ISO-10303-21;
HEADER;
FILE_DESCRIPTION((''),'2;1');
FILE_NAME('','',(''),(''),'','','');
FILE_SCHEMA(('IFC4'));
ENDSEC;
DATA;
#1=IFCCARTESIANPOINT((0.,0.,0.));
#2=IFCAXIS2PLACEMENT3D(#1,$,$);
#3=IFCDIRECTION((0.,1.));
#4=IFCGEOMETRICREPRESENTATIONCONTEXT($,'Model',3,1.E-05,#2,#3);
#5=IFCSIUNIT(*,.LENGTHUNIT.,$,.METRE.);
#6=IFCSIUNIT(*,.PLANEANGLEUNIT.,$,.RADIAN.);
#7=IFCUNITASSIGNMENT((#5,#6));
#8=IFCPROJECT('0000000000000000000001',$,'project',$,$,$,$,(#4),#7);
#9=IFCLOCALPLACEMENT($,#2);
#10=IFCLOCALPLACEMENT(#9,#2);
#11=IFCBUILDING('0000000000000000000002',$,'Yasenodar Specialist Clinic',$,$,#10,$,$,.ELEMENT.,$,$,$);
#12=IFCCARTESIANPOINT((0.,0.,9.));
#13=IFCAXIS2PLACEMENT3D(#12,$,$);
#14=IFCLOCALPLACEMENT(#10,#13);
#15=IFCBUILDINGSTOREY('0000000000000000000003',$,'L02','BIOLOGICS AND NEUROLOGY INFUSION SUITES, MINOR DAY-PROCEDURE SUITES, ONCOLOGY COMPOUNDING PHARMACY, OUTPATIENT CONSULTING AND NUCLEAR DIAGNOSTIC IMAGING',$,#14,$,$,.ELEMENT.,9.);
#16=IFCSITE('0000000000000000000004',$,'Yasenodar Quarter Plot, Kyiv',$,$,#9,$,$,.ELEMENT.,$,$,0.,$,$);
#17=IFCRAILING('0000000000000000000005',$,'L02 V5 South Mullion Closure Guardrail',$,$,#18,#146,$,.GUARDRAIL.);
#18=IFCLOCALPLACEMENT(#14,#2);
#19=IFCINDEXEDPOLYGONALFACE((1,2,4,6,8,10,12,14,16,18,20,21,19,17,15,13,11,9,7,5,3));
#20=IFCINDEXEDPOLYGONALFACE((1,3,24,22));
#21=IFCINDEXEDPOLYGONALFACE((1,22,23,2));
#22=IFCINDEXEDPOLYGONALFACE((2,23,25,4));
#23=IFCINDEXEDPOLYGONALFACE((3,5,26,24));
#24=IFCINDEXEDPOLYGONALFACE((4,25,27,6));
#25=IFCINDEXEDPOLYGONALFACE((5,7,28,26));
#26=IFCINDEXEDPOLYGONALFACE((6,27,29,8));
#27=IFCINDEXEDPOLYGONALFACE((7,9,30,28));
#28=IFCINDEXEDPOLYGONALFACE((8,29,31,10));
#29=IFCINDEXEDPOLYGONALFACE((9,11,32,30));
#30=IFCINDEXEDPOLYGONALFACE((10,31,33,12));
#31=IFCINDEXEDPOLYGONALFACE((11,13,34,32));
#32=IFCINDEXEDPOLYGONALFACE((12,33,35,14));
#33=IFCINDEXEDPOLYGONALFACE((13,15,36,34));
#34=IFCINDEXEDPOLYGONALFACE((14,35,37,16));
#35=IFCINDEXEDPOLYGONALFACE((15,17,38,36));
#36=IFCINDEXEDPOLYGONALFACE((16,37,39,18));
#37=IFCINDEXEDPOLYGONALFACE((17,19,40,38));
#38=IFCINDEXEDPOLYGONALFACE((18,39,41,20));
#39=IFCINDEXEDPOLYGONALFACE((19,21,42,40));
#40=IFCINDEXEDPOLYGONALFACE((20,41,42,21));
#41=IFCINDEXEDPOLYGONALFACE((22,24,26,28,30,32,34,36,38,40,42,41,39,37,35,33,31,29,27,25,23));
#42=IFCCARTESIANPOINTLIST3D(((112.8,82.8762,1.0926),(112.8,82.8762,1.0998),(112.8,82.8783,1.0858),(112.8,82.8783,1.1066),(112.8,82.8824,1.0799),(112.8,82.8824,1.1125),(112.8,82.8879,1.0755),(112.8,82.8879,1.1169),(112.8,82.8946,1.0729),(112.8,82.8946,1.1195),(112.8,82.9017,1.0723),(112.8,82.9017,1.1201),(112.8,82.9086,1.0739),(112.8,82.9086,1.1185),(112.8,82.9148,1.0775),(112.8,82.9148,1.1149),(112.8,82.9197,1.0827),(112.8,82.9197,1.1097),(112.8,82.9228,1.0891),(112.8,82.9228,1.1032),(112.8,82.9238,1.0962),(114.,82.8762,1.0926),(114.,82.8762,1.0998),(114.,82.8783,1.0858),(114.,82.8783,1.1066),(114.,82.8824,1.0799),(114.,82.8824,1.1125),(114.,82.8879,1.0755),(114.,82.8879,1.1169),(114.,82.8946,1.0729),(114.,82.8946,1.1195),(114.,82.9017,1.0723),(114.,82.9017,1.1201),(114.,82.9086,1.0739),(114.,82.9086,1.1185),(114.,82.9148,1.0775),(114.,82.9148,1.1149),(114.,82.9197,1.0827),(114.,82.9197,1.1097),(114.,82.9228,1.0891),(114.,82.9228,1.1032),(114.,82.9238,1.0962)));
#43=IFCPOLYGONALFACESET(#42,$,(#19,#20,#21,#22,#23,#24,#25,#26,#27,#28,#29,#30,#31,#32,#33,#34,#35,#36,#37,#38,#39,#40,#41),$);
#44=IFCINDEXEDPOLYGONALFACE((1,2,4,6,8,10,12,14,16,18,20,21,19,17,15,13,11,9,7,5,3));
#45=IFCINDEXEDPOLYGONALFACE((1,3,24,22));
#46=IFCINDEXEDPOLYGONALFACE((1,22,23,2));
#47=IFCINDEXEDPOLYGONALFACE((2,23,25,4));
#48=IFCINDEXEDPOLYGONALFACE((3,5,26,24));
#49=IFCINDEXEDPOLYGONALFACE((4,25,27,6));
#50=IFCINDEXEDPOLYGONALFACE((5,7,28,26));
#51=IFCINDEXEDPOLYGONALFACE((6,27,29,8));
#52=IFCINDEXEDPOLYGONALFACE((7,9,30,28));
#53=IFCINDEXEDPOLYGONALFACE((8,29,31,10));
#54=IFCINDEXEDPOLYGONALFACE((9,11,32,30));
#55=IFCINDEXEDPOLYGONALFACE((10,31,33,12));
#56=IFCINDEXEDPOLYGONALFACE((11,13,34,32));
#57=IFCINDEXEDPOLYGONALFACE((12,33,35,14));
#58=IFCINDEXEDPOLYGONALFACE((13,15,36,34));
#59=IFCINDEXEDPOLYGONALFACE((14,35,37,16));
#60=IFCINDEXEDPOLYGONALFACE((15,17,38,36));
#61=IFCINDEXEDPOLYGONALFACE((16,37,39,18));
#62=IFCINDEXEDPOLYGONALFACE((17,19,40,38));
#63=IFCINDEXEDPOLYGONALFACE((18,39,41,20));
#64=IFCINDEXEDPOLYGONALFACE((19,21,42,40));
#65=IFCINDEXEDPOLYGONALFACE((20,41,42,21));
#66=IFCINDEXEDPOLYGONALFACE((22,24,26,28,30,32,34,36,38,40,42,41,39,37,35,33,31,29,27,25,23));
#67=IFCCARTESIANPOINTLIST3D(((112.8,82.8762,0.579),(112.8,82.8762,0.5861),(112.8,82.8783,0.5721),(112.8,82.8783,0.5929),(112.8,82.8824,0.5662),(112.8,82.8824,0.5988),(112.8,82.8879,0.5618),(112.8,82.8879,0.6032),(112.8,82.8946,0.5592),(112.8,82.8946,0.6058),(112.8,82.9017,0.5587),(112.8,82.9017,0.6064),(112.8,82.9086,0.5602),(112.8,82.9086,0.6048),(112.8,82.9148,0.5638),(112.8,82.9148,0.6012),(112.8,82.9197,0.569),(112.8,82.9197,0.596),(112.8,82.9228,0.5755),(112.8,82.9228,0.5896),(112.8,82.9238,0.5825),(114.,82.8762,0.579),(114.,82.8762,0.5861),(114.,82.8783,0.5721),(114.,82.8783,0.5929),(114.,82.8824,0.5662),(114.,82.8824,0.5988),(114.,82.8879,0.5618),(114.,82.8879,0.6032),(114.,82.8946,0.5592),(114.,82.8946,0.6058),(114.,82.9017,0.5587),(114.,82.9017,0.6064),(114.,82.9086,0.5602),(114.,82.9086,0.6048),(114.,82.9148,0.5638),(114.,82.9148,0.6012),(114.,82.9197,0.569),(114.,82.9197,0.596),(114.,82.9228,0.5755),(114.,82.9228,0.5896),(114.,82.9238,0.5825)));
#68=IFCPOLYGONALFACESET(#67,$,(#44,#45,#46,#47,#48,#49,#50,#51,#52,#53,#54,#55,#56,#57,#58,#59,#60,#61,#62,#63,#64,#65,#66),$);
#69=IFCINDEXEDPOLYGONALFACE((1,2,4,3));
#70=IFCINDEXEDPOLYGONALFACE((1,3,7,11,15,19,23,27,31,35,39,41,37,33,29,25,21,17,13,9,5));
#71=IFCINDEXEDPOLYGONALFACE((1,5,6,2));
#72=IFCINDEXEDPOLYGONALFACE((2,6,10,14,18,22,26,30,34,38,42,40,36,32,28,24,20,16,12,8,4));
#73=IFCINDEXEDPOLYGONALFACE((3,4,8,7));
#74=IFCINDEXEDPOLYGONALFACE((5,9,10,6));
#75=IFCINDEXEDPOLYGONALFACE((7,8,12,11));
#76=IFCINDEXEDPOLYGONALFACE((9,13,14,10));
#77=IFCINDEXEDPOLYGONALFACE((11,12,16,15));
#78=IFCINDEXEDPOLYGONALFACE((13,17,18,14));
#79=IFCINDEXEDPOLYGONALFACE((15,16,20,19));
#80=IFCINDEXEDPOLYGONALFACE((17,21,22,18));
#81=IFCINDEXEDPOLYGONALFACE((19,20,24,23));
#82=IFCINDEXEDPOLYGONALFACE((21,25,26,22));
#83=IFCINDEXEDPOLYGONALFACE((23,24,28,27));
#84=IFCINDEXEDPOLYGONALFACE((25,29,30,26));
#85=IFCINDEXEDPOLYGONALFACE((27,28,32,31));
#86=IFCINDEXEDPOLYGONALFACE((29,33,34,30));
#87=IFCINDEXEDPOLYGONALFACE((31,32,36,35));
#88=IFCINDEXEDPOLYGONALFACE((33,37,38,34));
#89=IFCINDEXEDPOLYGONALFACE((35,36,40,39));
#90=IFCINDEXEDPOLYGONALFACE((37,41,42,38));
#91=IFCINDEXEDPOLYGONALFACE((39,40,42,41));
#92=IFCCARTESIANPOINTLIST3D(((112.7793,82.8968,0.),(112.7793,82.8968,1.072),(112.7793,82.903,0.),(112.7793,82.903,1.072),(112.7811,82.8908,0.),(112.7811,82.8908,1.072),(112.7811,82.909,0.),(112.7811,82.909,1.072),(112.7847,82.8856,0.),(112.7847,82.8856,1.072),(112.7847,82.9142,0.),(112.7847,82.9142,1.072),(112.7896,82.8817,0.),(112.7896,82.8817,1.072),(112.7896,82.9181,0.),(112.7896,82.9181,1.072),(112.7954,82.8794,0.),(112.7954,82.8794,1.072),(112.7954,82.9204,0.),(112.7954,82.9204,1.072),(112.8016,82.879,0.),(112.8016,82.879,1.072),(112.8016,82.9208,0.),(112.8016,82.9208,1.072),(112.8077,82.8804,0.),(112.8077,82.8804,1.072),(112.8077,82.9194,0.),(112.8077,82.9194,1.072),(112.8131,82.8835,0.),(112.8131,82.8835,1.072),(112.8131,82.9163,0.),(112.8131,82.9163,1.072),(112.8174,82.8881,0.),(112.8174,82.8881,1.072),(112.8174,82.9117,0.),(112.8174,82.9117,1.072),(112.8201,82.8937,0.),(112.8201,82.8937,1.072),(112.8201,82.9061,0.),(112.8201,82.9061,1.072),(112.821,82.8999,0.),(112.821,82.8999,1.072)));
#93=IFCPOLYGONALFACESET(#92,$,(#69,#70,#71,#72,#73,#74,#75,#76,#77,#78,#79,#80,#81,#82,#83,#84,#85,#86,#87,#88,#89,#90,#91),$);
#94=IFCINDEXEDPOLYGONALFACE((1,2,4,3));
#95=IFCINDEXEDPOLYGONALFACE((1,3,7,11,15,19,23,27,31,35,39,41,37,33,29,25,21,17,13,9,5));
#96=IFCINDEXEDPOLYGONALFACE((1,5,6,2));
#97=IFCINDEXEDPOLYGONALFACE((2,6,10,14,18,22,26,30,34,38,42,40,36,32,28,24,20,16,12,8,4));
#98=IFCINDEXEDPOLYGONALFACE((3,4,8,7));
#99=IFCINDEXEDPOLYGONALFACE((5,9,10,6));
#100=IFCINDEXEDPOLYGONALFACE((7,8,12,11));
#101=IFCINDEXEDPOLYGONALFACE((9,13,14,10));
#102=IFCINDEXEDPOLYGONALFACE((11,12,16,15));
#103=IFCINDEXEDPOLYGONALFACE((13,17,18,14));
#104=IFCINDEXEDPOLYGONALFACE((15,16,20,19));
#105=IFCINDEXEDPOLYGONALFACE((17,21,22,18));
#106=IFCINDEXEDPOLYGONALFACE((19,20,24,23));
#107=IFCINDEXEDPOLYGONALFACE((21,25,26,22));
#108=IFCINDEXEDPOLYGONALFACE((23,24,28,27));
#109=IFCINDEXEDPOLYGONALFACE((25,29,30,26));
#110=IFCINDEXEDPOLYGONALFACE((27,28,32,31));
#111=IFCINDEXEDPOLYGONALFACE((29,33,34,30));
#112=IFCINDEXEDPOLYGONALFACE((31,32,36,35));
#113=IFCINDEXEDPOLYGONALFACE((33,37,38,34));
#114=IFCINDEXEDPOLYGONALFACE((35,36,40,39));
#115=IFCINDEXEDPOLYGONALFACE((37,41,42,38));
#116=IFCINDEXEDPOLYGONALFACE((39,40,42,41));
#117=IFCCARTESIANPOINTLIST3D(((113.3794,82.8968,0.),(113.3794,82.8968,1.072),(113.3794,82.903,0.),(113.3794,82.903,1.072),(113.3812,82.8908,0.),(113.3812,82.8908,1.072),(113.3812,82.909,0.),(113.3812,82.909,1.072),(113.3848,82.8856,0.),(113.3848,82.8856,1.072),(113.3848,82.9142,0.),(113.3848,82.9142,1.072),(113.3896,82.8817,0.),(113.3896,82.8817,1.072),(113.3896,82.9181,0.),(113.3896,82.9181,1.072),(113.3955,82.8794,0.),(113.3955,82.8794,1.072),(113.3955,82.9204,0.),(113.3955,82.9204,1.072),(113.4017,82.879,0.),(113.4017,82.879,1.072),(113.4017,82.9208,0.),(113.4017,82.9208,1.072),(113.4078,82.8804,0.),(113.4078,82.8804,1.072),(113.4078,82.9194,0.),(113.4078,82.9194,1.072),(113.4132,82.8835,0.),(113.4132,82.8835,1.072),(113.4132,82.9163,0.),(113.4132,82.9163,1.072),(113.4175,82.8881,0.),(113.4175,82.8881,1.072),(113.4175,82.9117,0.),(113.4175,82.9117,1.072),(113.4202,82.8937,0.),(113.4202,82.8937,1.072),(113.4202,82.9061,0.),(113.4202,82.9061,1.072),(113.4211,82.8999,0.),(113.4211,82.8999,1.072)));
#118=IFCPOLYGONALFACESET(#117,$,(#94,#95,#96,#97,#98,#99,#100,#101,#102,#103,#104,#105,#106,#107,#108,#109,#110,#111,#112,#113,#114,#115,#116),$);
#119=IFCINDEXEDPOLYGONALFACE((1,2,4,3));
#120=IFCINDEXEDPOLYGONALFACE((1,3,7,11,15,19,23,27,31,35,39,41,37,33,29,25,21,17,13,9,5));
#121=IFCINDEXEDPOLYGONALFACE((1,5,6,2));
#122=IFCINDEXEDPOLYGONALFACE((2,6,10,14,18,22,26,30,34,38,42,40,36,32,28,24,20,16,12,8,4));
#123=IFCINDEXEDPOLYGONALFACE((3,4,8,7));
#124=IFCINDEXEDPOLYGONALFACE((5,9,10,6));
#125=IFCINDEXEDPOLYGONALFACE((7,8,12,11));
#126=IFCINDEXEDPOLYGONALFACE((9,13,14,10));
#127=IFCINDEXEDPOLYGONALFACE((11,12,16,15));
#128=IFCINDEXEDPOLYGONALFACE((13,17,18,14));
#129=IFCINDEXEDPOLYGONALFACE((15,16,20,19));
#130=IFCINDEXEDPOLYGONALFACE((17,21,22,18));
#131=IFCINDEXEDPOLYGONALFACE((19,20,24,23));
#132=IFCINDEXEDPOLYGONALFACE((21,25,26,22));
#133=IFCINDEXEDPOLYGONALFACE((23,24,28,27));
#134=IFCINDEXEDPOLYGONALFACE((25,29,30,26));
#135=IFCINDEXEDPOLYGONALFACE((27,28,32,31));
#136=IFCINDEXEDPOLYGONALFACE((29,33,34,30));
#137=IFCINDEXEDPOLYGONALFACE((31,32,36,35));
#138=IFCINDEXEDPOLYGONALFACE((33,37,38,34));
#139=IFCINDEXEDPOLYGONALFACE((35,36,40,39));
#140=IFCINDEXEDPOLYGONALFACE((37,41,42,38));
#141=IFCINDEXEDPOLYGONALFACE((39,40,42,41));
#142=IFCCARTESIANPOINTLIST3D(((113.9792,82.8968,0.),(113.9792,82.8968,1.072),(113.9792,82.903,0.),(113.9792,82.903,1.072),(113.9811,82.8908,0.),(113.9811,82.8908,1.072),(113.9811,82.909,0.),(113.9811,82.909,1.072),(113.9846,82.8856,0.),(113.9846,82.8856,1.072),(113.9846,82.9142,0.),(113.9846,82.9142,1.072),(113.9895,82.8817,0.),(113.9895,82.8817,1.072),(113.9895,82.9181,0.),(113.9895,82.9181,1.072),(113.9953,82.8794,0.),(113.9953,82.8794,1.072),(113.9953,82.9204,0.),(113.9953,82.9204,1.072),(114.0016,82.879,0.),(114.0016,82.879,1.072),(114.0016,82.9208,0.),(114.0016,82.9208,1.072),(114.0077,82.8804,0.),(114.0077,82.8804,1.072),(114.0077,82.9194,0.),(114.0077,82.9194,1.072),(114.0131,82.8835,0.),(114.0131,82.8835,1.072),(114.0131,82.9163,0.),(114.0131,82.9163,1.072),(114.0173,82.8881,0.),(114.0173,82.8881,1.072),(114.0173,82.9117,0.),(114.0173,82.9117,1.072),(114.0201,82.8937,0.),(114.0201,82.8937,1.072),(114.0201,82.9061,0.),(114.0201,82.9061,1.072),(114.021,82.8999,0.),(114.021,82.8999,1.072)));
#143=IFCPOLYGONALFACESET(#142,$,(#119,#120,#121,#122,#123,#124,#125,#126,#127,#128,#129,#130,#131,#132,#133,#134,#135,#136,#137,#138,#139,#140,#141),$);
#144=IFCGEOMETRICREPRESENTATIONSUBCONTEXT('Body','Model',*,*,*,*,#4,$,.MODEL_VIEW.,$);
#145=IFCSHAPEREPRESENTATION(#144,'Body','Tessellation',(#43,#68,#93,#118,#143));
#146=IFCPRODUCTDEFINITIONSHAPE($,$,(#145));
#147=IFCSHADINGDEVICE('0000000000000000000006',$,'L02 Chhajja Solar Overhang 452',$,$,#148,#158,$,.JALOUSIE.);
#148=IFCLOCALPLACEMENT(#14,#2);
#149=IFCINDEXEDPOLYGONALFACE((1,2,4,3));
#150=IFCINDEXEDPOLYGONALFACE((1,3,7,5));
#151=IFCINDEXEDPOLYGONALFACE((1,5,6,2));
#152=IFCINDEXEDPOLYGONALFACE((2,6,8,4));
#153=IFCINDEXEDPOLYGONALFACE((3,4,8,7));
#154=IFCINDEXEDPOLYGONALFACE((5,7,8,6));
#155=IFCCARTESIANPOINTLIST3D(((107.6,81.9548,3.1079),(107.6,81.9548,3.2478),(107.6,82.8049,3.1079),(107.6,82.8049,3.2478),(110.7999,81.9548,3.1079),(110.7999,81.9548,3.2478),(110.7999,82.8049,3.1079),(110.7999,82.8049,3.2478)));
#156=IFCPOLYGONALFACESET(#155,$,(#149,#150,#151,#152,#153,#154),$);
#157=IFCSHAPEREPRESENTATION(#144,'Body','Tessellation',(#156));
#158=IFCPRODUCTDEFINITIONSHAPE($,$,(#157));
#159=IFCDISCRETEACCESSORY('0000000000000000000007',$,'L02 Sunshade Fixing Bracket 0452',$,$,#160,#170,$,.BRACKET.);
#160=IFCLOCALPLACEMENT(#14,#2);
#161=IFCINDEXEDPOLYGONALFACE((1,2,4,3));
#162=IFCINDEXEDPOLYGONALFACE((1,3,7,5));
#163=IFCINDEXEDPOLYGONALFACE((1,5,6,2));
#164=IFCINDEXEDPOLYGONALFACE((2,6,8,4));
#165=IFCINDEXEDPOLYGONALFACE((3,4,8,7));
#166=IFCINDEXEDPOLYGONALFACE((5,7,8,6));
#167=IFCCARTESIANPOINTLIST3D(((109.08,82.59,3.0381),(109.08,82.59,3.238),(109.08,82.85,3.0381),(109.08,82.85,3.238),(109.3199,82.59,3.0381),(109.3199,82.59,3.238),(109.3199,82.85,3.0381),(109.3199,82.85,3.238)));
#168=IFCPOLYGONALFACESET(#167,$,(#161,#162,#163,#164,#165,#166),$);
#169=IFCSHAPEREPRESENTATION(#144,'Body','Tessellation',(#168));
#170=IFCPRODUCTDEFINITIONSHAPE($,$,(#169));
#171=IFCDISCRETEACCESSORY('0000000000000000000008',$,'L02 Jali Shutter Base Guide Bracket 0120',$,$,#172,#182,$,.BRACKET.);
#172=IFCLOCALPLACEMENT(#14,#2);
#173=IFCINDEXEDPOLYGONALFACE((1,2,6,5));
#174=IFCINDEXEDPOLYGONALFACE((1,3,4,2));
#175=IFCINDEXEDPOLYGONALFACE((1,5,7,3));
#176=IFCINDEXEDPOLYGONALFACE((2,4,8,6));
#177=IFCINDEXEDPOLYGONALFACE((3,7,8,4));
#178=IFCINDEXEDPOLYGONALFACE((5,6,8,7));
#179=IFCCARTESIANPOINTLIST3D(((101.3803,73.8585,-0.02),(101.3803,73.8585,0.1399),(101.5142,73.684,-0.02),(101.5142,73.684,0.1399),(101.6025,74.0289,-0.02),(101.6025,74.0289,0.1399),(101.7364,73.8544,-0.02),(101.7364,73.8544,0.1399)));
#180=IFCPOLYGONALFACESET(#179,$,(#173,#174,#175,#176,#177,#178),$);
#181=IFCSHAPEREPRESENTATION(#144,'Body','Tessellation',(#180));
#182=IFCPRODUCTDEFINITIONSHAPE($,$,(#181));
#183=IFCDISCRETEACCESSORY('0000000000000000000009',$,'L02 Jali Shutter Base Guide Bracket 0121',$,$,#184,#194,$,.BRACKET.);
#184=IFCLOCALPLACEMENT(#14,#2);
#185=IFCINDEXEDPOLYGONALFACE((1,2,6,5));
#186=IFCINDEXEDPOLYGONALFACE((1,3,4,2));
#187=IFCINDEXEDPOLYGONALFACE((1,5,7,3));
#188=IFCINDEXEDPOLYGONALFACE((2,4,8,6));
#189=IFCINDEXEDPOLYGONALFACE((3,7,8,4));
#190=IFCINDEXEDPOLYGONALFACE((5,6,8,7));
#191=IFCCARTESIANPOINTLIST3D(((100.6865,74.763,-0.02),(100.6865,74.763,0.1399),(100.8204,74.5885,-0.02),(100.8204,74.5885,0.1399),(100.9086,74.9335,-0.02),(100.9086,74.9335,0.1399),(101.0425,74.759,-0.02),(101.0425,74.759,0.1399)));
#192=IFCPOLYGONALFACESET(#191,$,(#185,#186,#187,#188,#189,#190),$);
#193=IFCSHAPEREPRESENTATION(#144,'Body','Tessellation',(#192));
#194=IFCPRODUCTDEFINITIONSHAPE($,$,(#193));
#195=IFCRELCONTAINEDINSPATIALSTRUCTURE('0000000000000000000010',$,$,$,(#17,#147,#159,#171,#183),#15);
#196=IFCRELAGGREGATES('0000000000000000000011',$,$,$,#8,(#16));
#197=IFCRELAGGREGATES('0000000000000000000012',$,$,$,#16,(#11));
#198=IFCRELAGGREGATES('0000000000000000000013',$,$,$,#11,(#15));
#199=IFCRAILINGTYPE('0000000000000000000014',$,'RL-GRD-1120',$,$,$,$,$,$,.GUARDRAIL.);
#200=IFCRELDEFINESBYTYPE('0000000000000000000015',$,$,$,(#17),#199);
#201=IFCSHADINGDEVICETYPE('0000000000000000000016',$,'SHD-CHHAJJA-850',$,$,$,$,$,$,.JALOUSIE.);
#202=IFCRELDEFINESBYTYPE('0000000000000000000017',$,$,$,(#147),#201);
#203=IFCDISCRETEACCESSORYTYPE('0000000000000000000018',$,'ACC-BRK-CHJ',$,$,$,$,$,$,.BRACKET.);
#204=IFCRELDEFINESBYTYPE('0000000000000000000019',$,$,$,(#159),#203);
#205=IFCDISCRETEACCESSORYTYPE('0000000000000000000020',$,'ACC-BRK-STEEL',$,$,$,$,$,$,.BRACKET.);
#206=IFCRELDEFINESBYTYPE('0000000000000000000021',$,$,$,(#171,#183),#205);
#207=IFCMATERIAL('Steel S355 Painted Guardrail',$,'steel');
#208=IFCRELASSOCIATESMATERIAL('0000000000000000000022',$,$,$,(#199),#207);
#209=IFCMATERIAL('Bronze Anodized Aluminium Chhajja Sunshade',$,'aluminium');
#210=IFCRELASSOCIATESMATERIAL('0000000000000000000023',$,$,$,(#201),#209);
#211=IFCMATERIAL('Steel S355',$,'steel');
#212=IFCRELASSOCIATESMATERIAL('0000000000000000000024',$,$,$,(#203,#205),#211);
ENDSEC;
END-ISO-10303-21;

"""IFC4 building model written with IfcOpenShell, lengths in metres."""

from ifc_helpers import new_model, si_unit, direction, frame, origin, origin_2d, place, context, subcontext, project, spatial, rectangle, circle, extrude, material, type_object, element, save


model = new_model("IFC4")

# Units and contexts
model_context = context("Model", 3, precision=1e-05, world=origin(), true_north=direction((0.0, 1.0)))
body_context = subcontext(model_context, "Body", "Model", "MODEL_VIEW")
ifc_project = project(units=[si_unit("LENGTHUNIT", "METRE"), si_unit("PLANEANGLEUNIT", "RADIAN")], contexts=[model_context])

# Site, building, storey
site_placement = place(None, origin())
site = spatial("IfcSite", under=ifc_project, at=site_placement, Name="Yasenodar Quarter Plot, Kyiv", CompositionType="ELEMENT", RefElevation=0.0)
building_placement = place(site_placement, origin())
building = spatial("IfcBuilding", under=site, at=building_placement, Name="Yasenodar Specialist Clinic", CompositionType="ELEMENT")
storey_placement = place(building_placement, frame((0.0, 0.0, 9.0)))
storey = spatial("IfcBuildingStorey", under=building, at=storey_placement, Name="L02", Description="BIOLOGICS AND NEUROLOGY INFUSION SUITES, MINOR DAY-PROCEDURE SUITES, ONCOLOGY COMPOUNDING PHARMACY, OUTPATIENT CONSULTING AND NUCLEAR DIAGNOSTIC IMAGING", CompositionType="ELEMENT", Elevation=9.0)

# Shared definitions
ifc_material_1 = material(Name="Steel S355", Category="steel")

# Railing
ifc_material_2 = material(Name="Steel S355 Painted Guardrail", Category="steel")
railing_type = type_object("IfcRailingType", Name="RL-GRD-1120", PredefinedType="GUARDRAIL", material=ifc_material_2)
railing_placement = place(storey_placement, frame((112.8, 82.8999, 0.0)))
element("IfcRailing", 1, at=railing_placement, inside=storey, type_object=railing_type, Name="L02 V5 South Mullion Closure Guardrail", PredefinedType="GUARDRAIL", context=body_context, shape_type="SweptSolid", body=[
    extrude(circle(Radius=0.0239, at=origin_2d()), frame((0.0, 0.0, 1.0962), z_axis=(1.0, 0.0, 0.0), x_axis=(0.0, 1.0, 0.0)), (0.0, 0.0, 1.0), 1.2),
    extrude(circle(Radius=0.0239, at=origin_2d()), frame((0.0, 0.0, 0.5825), z_axis=(1.0, 0.0, 0.0), x_axis=(0.0, 1.0, 0.0)), (0.0, 0.0, 1.0), 1.2),
    extrude(circle(Radius=0.021, at=origin_2d()), origin(), (0.0, 0.0, 1.0), 1.072),
    extrude(circle(Radius=0.021, at=origin_2d()), frame((0.6001, 0.0, 0.0)), (0.0, 0.0, 1.0), 1.072),
    extrude(circle(Radius=0.021, at=origin_2d()), frame((1.2, 0.0, 0.0)), (0.0, 0.0, 1.0), 1.072),
])

# Shading device
ifc_material_3 = material(Name="Bronze Anodized Aluminium Chhajja Sunshade", Category="aluminium")
shading_device_type = type_object("IfcShadingDeviceType", Name="SHD-CHHAJJA-850", PredefinedType="JALOUSIE", material=ifc_material_3)
shading_device_placement = place(storey_placement, frame((109.2, 82.3799, 3.1079), z_axis=(0.0, 0.0, 1.0), x_axis=(-1.0, 0.0, 0.0)))
element("IfcShadingDevice", 2, at=shading_device_placement, inside=storey, type_object=shading_device_type, Name="L02 Chhajja Solar Overhang 452", PredefinedType="JALOUSIE", context=body_context, shape_type="SweptSolid", body=[
    extrude(rectangle(XDim=3.2, YDim=0.8501, at=origin_2d()), origin(), (0.0, 0.0, 1.0), 0.1399),
])

# Discrete accessories
discrete_accessory_type_1 = type_object("IfcDiscreteAccessoryType", Name="ACC-BRK-CHJ", PredefinedType="BRACKET", material=ifc_material_1)
discrete_accessory_placement = place(storey_placement, frame((109.2, 82.72, 3.0381), z_axis=(0.0, 0.0, 1.0), x_axis=(-1.0, 0.0, 0.0)))
element("IfcDiscreteAccessory", 3, at=discrete_accessory_placement, inside=storey, type_object=discrete_accessory_type_1, Name="L02 Sunshade Fixing Bracket 0452", PredefinedType="BRACKET", context=body_context, shape_type="SweptSolid", body=[
    extrude(rectangle(XDim=0.24, YDim=0.26, at=origin_2d()), origin(), (0.0, 0.0, 1.0), 0.2),
])
discrete_accessory_type_2 = type_object("IfcDiscreteAccessoryType", Name="ACC-BRK-STEEL", PredefinedType="BRACKET", material=ifc_material_1)
for number, where, z_axis, x_axis, name in (
    (4, (101.5583, 73.8564, -0.02), (0.0, 0.0, 1.0), (-0.608764, 0.793351, 0.0), "L02 Jali Shutter Base Guide Bracket 0120"),
    (5, (100.8645, 74.761, -0.02), (0.0, 0.0, 1.0), (-0.608764, 0.793351, 0.0), "L02 Jali Shutter Base Guide Bracket 0121"),
):
    element("IfcDiscreteAccessory", number, at=place(storey_placement, frame(where, z_axis=z_axis, x_axis=x_axis)), inside=storey, type_object=discrete_accessory_type_2, Name=name, PredefinedType="BRACKET", context=body_context, shape_type="SweptSolid", body=[
        extrude(rectangle(XDim=0.22, YDim=0.28, at=origin_2d()), origin(), (0.0, 0.0, 1.0), 0.1599),
    ])

save(model, "model.ifc")
